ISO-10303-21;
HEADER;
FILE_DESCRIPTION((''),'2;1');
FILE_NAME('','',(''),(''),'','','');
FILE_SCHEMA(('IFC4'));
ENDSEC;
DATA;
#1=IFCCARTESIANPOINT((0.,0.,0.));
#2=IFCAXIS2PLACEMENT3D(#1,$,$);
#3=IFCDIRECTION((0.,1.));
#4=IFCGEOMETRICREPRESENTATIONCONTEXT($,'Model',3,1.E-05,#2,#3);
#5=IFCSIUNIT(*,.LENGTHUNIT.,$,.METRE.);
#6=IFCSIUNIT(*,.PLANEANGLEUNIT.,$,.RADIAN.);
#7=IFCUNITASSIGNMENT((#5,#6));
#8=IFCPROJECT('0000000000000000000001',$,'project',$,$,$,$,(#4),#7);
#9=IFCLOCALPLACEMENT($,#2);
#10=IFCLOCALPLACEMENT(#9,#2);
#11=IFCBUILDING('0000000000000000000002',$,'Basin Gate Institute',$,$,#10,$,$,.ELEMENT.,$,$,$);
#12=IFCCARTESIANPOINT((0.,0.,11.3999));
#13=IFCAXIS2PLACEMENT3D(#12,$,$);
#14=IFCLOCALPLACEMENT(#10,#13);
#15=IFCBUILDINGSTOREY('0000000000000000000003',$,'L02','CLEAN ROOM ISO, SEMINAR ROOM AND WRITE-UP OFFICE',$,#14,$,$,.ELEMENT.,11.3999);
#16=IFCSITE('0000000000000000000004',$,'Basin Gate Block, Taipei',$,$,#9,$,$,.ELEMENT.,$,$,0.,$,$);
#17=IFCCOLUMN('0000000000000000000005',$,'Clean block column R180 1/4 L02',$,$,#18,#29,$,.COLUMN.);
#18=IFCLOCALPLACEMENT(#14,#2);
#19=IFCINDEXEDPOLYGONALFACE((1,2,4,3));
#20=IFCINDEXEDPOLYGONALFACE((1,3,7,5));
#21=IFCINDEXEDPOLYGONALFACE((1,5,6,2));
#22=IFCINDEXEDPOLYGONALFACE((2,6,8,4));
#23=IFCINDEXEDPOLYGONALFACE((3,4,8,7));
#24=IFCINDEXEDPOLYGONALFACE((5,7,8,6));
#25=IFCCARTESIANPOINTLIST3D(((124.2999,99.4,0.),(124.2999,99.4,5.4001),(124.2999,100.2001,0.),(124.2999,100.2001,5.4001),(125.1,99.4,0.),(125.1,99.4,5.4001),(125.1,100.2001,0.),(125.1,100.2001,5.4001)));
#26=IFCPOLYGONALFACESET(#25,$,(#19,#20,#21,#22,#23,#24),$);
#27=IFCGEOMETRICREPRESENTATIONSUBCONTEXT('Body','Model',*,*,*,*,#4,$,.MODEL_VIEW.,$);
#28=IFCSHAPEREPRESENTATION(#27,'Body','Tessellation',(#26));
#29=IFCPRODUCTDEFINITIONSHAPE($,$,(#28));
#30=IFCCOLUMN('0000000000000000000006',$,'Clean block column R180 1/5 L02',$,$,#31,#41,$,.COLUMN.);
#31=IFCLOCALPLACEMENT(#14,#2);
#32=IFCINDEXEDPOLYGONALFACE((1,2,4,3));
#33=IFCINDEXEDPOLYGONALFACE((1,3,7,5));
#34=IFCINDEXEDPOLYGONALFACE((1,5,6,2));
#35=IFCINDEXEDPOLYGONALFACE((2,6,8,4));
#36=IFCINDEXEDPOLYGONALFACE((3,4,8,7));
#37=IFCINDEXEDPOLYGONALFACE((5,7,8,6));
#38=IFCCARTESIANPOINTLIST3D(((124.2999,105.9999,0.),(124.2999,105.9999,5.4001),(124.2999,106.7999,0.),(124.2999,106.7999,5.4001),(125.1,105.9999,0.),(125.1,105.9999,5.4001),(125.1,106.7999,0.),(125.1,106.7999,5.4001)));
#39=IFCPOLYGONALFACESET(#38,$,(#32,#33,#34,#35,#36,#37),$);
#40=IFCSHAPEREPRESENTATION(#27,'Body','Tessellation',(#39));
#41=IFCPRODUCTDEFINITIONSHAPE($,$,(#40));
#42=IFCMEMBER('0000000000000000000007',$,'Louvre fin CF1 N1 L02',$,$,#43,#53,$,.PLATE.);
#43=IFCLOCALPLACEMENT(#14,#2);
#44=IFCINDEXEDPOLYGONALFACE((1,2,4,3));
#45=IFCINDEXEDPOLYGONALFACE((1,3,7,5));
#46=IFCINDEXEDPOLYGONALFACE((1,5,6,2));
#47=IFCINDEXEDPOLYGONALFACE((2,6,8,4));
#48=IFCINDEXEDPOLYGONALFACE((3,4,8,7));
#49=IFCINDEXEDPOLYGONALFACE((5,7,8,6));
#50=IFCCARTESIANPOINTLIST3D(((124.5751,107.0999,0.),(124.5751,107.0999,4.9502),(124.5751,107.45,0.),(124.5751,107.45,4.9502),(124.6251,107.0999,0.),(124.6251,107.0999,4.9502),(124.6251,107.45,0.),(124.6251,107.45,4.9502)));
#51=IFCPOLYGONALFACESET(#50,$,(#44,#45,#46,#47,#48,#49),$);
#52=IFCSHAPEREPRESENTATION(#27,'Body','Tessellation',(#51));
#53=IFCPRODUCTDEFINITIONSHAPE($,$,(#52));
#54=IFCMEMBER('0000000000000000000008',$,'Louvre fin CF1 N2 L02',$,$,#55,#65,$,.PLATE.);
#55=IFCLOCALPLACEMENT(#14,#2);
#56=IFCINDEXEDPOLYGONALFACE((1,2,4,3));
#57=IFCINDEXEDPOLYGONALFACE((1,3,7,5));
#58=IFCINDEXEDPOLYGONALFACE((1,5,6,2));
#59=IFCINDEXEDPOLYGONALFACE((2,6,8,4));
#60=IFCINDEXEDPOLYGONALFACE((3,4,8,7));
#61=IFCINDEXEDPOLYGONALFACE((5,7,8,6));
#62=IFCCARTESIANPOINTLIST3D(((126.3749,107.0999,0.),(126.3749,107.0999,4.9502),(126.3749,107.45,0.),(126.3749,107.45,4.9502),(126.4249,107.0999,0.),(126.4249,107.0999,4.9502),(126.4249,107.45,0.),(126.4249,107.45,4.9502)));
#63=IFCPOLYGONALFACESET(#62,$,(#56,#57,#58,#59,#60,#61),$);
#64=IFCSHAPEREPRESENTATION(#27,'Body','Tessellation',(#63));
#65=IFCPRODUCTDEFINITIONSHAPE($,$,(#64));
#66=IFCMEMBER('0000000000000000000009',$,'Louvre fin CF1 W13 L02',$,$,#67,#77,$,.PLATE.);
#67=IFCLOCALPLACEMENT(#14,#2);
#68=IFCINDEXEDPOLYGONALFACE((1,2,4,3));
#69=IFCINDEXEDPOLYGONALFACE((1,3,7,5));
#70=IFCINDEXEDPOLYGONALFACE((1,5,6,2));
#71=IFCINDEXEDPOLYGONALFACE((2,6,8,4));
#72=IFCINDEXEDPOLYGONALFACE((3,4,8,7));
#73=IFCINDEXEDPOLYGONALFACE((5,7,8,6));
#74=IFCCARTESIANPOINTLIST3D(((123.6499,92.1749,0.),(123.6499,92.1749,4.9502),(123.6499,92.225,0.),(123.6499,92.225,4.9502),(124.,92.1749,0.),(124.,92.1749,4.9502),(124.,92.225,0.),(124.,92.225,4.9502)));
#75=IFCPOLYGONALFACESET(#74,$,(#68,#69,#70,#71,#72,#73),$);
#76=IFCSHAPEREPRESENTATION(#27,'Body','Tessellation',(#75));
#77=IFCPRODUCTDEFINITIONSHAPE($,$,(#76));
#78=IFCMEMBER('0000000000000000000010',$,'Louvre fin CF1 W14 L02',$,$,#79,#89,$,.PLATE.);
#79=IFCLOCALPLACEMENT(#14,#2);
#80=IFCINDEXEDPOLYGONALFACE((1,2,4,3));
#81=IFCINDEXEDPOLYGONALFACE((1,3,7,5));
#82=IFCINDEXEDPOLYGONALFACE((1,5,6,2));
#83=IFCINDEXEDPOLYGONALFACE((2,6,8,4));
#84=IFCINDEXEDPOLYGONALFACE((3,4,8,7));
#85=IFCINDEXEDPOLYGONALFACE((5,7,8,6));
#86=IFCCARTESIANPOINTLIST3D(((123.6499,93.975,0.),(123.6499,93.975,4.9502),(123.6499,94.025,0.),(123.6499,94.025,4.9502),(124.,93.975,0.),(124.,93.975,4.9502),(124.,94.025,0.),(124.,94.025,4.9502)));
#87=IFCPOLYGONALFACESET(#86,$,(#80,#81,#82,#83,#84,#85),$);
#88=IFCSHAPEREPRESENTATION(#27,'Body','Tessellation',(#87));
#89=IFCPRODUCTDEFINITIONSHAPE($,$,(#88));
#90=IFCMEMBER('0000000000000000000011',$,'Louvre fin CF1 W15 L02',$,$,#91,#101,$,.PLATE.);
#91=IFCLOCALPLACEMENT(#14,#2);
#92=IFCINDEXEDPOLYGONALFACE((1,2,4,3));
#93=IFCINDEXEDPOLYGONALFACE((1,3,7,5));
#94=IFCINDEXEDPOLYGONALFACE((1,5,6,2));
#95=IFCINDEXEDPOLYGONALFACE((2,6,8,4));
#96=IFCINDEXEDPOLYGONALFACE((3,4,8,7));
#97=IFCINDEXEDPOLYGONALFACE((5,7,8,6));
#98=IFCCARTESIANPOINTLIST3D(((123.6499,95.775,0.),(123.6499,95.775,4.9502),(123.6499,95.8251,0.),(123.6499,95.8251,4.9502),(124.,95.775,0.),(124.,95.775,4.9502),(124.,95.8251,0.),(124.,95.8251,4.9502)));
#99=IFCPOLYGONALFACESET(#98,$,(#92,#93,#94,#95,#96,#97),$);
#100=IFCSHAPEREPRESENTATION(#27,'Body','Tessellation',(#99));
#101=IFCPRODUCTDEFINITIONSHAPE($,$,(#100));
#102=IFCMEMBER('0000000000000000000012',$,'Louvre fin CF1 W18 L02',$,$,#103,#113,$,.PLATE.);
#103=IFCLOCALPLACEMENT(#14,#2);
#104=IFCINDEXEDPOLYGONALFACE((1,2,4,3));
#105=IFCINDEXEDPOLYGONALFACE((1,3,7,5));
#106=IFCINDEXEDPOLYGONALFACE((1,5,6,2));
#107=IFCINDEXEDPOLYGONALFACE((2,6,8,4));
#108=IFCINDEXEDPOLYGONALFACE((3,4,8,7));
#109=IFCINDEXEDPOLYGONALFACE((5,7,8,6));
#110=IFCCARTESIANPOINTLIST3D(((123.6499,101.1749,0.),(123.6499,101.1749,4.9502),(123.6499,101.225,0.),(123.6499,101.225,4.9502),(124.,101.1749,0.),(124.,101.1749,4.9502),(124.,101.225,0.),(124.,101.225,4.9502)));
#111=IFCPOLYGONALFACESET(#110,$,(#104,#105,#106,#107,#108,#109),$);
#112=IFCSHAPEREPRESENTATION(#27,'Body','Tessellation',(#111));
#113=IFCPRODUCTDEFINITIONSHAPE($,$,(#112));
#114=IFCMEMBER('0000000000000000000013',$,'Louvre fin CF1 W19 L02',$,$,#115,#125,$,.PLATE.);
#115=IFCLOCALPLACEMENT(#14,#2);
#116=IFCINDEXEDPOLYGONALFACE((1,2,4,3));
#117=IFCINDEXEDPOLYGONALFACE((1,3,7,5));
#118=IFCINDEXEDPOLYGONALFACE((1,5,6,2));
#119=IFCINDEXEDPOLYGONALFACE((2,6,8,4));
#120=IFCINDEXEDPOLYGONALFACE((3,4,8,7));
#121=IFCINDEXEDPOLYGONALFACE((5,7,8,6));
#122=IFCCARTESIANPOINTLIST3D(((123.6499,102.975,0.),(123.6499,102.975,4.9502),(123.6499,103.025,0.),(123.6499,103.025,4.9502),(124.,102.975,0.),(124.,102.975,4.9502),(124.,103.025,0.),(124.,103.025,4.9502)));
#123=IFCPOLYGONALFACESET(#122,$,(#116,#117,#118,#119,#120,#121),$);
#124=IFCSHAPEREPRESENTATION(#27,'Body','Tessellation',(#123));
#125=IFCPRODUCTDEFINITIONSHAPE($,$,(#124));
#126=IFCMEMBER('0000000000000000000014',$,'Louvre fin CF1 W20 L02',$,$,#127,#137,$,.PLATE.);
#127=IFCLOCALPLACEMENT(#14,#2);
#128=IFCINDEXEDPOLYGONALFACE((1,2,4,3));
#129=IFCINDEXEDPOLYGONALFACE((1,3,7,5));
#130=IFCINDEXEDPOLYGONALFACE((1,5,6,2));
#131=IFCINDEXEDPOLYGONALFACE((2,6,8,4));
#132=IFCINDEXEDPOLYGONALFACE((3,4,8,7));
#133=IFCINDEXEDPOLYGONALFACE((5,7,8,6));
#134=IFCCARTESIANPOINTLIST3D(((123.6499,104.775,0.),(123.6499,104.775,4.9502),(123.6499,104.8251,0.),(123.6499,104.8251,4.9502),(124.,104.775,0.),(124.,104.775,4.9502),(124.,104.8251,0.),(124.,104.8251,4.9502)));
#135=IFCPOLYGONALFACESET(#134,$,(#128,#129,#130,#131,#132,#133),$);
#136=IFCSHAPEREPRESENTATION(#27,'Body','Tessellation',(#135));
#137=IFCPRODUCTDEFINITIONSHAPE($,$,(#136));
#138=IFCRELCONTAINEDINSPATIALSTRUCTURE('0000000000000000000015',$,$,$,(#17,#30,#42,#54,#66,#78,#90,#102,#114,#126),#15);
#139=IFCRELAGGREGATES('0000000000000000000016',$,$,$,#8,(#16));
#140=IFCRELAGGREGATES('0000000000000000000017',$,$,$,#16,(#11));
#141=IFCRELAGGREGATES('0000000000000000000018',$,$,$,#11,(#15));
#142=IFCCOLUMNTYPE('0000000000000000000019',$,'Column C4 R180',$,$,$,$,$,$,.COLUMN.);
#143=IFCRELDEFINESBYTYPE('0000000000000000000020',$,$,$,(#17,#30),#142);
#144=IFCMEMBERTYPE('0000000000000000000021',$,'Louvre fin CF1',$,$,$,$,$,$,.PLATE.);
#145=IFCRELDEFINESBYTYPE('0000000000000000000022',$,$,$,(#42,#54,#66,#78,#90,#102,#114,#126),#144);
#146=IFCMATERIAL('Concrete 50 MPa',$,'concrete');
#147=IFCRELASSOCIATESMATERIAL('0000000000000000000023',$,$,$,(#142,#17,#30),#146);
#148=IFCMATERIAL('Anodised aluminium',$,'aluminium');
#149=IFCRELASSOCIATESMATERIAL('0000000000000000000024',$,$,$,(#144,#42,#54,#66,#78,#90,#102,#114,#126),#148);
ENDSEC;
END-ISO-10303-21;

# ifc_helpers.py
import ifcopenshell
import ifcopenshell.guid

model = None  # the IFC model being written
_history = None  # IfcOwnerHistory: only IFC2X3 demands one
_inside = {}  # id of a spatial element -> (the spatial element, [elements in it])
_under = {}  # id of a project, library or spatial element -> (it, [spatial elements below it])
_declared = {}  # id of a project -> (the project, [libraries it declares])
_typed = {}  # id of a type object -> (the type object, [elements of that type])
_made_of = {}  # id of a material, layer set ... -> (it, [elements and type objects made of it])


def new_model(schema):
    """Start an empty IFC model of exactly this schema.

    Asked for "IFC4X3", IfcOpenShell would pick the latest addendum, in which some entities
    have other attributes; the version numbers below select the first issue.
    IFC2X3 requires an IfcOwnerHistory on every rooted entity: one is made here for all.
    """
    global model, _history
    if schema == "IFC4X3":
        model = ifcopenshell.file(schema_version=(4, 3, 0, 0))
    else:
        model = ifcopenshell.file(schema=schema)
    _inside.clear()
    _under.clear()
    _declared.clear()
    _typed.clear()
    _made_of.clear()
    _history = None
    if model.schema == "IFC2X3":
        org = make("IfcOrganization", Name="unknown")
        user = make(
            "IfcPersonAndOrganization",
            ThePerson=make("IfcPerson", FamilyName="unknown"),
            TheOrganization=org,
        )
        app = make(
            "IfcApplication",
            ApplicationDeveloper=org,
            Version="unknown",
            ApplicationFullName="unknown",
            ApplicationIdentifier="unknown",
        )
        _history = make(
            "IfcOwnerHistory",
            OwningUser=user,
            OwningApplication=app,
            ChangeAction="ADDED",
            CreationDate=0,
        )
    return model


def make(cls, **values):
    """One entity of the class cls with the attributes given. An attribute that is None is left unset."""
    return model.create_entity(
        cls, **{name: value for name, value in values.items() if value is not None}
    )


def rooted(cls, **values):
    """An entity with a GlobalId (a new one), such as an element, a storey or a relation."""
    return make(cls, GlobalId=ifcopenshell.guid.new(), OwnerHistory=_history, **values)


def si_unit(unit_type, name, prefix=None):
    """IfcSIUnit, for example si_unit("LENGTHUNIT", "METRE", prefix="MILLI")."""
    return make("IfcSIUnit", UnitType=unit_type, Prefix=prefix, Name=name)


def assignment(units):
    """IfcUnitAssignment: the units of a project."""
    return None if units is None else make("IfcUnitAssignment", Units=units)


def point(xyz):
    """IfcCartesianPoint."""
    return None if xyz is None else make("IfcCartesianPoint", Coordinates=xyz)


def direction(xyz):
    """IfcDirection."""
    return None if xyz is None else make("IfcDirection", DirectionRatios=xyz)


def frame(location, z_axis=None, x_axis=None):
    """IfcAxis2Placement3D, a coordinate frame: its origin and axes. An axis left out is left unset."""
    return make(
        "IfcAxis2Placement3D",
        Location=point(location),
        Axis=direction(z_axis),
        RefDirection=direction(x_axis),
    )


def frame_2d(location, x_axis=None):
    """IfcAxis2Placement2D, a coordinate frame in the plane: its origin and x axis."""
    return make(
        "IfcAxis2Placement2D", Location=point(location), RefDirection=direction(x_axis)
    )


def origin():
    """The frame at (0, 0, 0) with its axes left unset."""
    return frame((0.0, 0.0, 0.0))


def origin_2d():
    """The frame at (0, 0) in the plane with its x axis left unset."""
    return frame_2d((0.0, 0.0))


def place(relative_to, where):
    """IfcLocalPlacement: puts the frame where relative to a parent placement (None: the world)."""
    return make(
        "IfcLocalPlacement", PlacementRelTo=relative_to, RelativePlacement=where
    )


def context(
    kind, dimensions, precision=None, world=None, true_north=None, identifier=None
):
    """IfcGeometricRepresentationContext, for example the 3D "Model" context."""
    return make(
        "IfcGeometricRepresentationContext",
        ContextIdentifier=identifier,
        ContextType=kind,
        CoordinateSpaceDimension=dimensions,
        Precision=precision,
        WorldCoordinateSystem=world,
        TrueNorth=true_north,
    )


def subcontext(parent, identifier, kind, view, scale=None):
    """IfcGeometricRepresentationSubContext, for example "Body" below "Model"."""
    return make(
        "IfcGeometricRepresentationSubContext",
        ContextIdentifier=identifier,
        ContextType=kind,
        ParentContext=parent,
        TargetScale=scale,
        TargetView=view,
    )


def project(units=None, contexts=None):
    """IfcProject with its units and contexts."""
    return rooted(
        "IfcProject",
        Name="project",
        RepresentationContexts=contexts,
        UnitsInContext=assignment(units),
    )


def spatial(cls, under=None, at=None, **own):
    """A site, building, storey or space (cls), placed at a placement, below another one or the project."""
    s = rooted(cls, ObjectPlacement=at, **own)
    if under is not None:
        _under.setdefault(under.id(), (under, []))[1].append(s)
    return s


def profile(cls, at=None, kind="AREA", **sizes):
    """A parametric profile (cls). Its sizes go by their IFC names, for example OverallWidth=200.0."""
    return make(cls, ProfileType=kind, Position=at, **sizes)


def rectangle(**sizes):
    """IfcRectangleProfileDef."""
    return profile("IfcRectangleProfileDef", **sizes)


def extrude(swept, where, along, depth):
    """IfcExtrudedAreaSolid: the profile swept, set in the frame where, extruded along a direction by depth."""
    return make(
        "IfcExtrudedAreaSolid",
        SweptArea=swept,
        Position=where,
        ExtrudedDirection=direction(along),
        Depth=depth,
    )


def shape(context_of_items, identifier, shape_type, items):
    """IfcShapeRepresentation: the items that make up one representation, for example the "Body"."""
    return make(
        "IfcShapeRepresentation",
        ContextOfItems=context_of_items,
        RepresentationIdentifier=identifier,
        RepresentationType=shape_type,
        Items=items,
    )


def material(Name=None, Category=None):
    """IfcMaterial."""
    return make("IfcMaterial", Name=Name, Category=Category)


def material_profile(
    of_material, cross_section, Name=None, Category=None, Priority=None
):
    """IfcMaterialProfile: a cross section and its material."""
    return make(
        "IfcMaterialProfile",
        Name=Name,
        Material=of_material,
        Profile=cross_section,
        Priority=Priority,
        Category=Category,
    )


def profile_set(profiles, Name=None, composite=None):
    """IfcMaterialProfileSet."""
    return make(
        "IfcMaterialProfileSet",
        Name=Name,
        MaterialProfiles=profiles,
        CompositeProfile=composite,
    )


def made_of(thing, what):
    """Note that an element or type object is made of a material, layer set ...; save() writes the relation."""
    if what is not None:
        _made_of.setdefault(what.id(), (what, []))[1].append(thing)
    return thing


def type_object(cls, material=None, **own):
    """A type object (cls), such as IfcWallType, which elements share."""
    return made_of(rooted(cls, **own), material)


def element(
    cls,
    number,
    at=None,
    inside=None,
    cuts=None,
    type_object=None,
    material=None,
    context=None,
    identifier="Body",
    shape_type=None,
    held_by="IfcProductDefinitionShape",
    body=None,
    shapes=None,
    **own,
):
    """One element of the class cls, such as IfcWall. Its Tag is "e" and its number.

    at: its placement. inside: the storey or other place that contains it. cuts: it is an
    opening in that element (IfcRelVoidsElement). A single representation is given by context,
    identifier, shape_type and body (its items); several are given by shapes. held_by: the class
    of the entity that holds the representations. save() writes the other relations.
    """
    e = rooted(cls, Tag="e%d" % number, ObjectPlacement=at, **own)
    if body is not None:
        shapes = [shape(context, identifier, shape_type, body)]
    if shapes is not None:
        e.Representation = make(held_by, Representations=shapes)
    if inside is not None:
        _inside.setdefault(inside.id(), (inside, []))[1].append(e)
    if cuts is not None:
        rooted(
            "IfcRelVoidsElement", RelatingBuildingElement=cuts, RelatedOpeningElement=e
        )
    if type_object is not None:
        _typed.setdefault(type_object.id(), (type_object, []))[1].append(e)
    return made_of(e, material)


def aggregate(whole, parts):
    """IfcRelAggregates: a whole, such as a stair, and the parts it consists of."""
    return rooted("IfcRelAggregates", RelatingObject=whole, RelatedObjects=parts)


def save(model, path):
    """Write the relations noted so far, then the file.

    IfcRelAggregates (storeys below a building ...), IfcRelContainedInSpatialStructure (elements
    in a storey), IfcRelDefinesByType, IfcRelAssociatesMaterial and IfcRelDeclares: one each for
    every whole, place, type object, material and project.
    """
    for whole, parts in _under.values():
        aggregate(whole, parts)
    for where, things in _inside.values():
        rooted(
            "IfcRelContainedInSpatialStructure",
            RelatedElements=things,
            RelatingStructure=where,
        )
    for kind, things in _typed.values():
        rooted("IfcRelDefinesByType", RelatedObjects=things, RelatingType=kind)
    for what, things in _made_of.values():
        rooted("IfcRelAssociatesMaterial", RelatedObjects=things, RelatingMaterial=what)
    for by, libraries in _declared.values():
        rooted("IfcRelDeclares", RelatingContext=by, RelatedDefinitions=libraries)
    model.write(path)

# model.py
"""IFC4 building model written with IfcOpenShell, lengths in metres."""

from ifc_helpers import new_model, si_unit, direction, frame, origin, origin_2d, place, context, subcontext, project, spatial, rectangle, extrude, material, material_profile, profile_set, type_object, element, save


model = new_model("IFC4")

# Units and contexts
model_context = context("Model", 3, precision=1e-05, world=origin(), true_north=direction((0.0, 1.0)))
body_context = subcontext(model_context, "Body", "Model", "MODEL_VIEW")
ifc_project = project(units=[si_unit("LENGTHUNIT", "METRE"), si_unit("PLANEANGLEUNIT", "RADIAN")], contexts=[model_context])

# Site, building, storey
site_placement = place(None, origin())
site = spatial("IfcSite", under=ifc_project, at=site_placement, Name="Basin Gate Block, Taipei", CompositionType="ELEMENT", RefElevation=0.0)
building_placement = place(site_placement, origin())
building = spatial("IfcBuilding", under=site, at=building_placement, Name="Basin Gate Institute", CompositionType="ELEMENT")
storey_placement = place(building_placement, frame((0.0, 0.0, 11.3999)))
storey = spatial("IfcBuildingStorey", under=building, at=storey_placement, Name="L02", Description="CLEAN ROOM ISO, SEMINAR ROOM AND WRITE-UP OFFICE", CompositionType="ELEMENT", Elevation=11.3999)

# Columns
ifc_material_1 = material(Name="Concrete 50 MPa", Category="concrete")
ifc_material_profile_1 = material_profile(ifc_material_1, rectangle(XDim=0.8, YDim=0.8, at=origin_2d()), Name="Column C4 800 x 800")
ifc_profile_set_1 = profile_set([ifc_material_profile_1], Name="Concrete 50 MPa")
column_type = type_object("IfcColumnType", Name="Column C4 R180", PredefinedType="COLUMN", material=ifc_profile_set_1)
for number, where, z_axis, x_axis, name in (
    (1, (124.7, 99.8, 0.0), (0.0, 0.0, 1.0), (1.0, 0.0, 0.0), "Clean block column R180 1/4 L02"),
    (2, (124.7, 106.3999, 0.0), (0.0, 0.0, 1.0), (1.0, 0.0, 0.0), "Clean block column R180 1/5 L02"),
):
    element("IfcColumn", number, at=place(storey_placement, frame(where, z_axis=z_axis, x_axis=x_axis)), inside=storey, type_object=column_type, material=ifc_profile_set_1, Name=name, PredefinedType="COLUMN", context=body_context, shape_type="SweptSolid", body=[
        extrude(rectangle(XDim=0.8, YDim=0.8, at=origin_2d()), origin(), (0.0, 0.0, 1.0), 5.4001),
    ])

# Members
ifc_material_2 = material(Name="Anodised aluminium", Category="aluminium")
ifc_material_profile_2 = material_profile(ifc_material_2, rectangle(XDim=0.05, YDim=0.3501, at=origin_2d()), Name="Louvre fin CF1 50 x 350")
ifc_profile_set_2 = profile_set([ifc_material_profile_2], Name="Anodised aluminium")
member_type = type_object("IfcMemberType", Name="Louvre fin CF1", PredefinedType="PLATE", material=ifc_profile_set_2)
for number, where, z_axis, x_axis, name in (
    (3, (124.6001, 107.2749, 0.0), (0.0, 0.0, 1.0), (1.0, 0.0, 0.0), "Louvre fin CF1 N1 L02"),
    (4, (126.3999, 107.2749, 0.0), (0.0, 0.0, 1.0), (1.0, 0.0, 0.0), "Louvre fin CF1 N2 L02"),
    (5, (123.825, 92.2, 0.0), (0.0, 0.0, 1.0), (0.0, 1.0, 0.0), "Louvre fin CF1 W13 L02"),
    (6, (123.825, 94.0, 0.0), (0.0, 0.0, 1.0), (0.0, 1.0, 0.0), "Louvre fin CF1 W14 L02"),
    (7, (123.825, 95.8, 0.0), (0.0, 0.0, 1.0), (0.0, 1.0, 0.0), "Louvre fin CF1 W15 L02"),
    (8, (123.825, 101.2, 0.0), (0.0, 0.0, 1.0), (0.0, 1.0, 0.0), "Louvre fin CF1 W18 L02"),
    (9, (123.825, 103.0, 0.0), (0.0, 0.0, 1.0), (0.0, 1.0, 0.0), "Louvre fin CF1 W19 L02"),
    (10, (123.825, 104.8, 0.0), (0.0, 0.0, 1.0), (0.0, 1.0, 0.0), "Louvre fin CF1 W20 L02"),
):
    element("IfcMember", number, at=place(storey_placement, frame(where, z_axis=z_axis, x_axis=x_axis)), inside=storey, type_object=member_type, material=ifc_profile_set_2, Name=name, PredefinedType="PLATE", context=body_context, shape_type="SweptSolid", body=[
        extrude(rectangle(XDim=0.05, YDim=0.3501, at=origin_2d()), origin(), (0.0, 0.0, 1.0), 4.9502),
    ])

save(model, "model.ifc")
